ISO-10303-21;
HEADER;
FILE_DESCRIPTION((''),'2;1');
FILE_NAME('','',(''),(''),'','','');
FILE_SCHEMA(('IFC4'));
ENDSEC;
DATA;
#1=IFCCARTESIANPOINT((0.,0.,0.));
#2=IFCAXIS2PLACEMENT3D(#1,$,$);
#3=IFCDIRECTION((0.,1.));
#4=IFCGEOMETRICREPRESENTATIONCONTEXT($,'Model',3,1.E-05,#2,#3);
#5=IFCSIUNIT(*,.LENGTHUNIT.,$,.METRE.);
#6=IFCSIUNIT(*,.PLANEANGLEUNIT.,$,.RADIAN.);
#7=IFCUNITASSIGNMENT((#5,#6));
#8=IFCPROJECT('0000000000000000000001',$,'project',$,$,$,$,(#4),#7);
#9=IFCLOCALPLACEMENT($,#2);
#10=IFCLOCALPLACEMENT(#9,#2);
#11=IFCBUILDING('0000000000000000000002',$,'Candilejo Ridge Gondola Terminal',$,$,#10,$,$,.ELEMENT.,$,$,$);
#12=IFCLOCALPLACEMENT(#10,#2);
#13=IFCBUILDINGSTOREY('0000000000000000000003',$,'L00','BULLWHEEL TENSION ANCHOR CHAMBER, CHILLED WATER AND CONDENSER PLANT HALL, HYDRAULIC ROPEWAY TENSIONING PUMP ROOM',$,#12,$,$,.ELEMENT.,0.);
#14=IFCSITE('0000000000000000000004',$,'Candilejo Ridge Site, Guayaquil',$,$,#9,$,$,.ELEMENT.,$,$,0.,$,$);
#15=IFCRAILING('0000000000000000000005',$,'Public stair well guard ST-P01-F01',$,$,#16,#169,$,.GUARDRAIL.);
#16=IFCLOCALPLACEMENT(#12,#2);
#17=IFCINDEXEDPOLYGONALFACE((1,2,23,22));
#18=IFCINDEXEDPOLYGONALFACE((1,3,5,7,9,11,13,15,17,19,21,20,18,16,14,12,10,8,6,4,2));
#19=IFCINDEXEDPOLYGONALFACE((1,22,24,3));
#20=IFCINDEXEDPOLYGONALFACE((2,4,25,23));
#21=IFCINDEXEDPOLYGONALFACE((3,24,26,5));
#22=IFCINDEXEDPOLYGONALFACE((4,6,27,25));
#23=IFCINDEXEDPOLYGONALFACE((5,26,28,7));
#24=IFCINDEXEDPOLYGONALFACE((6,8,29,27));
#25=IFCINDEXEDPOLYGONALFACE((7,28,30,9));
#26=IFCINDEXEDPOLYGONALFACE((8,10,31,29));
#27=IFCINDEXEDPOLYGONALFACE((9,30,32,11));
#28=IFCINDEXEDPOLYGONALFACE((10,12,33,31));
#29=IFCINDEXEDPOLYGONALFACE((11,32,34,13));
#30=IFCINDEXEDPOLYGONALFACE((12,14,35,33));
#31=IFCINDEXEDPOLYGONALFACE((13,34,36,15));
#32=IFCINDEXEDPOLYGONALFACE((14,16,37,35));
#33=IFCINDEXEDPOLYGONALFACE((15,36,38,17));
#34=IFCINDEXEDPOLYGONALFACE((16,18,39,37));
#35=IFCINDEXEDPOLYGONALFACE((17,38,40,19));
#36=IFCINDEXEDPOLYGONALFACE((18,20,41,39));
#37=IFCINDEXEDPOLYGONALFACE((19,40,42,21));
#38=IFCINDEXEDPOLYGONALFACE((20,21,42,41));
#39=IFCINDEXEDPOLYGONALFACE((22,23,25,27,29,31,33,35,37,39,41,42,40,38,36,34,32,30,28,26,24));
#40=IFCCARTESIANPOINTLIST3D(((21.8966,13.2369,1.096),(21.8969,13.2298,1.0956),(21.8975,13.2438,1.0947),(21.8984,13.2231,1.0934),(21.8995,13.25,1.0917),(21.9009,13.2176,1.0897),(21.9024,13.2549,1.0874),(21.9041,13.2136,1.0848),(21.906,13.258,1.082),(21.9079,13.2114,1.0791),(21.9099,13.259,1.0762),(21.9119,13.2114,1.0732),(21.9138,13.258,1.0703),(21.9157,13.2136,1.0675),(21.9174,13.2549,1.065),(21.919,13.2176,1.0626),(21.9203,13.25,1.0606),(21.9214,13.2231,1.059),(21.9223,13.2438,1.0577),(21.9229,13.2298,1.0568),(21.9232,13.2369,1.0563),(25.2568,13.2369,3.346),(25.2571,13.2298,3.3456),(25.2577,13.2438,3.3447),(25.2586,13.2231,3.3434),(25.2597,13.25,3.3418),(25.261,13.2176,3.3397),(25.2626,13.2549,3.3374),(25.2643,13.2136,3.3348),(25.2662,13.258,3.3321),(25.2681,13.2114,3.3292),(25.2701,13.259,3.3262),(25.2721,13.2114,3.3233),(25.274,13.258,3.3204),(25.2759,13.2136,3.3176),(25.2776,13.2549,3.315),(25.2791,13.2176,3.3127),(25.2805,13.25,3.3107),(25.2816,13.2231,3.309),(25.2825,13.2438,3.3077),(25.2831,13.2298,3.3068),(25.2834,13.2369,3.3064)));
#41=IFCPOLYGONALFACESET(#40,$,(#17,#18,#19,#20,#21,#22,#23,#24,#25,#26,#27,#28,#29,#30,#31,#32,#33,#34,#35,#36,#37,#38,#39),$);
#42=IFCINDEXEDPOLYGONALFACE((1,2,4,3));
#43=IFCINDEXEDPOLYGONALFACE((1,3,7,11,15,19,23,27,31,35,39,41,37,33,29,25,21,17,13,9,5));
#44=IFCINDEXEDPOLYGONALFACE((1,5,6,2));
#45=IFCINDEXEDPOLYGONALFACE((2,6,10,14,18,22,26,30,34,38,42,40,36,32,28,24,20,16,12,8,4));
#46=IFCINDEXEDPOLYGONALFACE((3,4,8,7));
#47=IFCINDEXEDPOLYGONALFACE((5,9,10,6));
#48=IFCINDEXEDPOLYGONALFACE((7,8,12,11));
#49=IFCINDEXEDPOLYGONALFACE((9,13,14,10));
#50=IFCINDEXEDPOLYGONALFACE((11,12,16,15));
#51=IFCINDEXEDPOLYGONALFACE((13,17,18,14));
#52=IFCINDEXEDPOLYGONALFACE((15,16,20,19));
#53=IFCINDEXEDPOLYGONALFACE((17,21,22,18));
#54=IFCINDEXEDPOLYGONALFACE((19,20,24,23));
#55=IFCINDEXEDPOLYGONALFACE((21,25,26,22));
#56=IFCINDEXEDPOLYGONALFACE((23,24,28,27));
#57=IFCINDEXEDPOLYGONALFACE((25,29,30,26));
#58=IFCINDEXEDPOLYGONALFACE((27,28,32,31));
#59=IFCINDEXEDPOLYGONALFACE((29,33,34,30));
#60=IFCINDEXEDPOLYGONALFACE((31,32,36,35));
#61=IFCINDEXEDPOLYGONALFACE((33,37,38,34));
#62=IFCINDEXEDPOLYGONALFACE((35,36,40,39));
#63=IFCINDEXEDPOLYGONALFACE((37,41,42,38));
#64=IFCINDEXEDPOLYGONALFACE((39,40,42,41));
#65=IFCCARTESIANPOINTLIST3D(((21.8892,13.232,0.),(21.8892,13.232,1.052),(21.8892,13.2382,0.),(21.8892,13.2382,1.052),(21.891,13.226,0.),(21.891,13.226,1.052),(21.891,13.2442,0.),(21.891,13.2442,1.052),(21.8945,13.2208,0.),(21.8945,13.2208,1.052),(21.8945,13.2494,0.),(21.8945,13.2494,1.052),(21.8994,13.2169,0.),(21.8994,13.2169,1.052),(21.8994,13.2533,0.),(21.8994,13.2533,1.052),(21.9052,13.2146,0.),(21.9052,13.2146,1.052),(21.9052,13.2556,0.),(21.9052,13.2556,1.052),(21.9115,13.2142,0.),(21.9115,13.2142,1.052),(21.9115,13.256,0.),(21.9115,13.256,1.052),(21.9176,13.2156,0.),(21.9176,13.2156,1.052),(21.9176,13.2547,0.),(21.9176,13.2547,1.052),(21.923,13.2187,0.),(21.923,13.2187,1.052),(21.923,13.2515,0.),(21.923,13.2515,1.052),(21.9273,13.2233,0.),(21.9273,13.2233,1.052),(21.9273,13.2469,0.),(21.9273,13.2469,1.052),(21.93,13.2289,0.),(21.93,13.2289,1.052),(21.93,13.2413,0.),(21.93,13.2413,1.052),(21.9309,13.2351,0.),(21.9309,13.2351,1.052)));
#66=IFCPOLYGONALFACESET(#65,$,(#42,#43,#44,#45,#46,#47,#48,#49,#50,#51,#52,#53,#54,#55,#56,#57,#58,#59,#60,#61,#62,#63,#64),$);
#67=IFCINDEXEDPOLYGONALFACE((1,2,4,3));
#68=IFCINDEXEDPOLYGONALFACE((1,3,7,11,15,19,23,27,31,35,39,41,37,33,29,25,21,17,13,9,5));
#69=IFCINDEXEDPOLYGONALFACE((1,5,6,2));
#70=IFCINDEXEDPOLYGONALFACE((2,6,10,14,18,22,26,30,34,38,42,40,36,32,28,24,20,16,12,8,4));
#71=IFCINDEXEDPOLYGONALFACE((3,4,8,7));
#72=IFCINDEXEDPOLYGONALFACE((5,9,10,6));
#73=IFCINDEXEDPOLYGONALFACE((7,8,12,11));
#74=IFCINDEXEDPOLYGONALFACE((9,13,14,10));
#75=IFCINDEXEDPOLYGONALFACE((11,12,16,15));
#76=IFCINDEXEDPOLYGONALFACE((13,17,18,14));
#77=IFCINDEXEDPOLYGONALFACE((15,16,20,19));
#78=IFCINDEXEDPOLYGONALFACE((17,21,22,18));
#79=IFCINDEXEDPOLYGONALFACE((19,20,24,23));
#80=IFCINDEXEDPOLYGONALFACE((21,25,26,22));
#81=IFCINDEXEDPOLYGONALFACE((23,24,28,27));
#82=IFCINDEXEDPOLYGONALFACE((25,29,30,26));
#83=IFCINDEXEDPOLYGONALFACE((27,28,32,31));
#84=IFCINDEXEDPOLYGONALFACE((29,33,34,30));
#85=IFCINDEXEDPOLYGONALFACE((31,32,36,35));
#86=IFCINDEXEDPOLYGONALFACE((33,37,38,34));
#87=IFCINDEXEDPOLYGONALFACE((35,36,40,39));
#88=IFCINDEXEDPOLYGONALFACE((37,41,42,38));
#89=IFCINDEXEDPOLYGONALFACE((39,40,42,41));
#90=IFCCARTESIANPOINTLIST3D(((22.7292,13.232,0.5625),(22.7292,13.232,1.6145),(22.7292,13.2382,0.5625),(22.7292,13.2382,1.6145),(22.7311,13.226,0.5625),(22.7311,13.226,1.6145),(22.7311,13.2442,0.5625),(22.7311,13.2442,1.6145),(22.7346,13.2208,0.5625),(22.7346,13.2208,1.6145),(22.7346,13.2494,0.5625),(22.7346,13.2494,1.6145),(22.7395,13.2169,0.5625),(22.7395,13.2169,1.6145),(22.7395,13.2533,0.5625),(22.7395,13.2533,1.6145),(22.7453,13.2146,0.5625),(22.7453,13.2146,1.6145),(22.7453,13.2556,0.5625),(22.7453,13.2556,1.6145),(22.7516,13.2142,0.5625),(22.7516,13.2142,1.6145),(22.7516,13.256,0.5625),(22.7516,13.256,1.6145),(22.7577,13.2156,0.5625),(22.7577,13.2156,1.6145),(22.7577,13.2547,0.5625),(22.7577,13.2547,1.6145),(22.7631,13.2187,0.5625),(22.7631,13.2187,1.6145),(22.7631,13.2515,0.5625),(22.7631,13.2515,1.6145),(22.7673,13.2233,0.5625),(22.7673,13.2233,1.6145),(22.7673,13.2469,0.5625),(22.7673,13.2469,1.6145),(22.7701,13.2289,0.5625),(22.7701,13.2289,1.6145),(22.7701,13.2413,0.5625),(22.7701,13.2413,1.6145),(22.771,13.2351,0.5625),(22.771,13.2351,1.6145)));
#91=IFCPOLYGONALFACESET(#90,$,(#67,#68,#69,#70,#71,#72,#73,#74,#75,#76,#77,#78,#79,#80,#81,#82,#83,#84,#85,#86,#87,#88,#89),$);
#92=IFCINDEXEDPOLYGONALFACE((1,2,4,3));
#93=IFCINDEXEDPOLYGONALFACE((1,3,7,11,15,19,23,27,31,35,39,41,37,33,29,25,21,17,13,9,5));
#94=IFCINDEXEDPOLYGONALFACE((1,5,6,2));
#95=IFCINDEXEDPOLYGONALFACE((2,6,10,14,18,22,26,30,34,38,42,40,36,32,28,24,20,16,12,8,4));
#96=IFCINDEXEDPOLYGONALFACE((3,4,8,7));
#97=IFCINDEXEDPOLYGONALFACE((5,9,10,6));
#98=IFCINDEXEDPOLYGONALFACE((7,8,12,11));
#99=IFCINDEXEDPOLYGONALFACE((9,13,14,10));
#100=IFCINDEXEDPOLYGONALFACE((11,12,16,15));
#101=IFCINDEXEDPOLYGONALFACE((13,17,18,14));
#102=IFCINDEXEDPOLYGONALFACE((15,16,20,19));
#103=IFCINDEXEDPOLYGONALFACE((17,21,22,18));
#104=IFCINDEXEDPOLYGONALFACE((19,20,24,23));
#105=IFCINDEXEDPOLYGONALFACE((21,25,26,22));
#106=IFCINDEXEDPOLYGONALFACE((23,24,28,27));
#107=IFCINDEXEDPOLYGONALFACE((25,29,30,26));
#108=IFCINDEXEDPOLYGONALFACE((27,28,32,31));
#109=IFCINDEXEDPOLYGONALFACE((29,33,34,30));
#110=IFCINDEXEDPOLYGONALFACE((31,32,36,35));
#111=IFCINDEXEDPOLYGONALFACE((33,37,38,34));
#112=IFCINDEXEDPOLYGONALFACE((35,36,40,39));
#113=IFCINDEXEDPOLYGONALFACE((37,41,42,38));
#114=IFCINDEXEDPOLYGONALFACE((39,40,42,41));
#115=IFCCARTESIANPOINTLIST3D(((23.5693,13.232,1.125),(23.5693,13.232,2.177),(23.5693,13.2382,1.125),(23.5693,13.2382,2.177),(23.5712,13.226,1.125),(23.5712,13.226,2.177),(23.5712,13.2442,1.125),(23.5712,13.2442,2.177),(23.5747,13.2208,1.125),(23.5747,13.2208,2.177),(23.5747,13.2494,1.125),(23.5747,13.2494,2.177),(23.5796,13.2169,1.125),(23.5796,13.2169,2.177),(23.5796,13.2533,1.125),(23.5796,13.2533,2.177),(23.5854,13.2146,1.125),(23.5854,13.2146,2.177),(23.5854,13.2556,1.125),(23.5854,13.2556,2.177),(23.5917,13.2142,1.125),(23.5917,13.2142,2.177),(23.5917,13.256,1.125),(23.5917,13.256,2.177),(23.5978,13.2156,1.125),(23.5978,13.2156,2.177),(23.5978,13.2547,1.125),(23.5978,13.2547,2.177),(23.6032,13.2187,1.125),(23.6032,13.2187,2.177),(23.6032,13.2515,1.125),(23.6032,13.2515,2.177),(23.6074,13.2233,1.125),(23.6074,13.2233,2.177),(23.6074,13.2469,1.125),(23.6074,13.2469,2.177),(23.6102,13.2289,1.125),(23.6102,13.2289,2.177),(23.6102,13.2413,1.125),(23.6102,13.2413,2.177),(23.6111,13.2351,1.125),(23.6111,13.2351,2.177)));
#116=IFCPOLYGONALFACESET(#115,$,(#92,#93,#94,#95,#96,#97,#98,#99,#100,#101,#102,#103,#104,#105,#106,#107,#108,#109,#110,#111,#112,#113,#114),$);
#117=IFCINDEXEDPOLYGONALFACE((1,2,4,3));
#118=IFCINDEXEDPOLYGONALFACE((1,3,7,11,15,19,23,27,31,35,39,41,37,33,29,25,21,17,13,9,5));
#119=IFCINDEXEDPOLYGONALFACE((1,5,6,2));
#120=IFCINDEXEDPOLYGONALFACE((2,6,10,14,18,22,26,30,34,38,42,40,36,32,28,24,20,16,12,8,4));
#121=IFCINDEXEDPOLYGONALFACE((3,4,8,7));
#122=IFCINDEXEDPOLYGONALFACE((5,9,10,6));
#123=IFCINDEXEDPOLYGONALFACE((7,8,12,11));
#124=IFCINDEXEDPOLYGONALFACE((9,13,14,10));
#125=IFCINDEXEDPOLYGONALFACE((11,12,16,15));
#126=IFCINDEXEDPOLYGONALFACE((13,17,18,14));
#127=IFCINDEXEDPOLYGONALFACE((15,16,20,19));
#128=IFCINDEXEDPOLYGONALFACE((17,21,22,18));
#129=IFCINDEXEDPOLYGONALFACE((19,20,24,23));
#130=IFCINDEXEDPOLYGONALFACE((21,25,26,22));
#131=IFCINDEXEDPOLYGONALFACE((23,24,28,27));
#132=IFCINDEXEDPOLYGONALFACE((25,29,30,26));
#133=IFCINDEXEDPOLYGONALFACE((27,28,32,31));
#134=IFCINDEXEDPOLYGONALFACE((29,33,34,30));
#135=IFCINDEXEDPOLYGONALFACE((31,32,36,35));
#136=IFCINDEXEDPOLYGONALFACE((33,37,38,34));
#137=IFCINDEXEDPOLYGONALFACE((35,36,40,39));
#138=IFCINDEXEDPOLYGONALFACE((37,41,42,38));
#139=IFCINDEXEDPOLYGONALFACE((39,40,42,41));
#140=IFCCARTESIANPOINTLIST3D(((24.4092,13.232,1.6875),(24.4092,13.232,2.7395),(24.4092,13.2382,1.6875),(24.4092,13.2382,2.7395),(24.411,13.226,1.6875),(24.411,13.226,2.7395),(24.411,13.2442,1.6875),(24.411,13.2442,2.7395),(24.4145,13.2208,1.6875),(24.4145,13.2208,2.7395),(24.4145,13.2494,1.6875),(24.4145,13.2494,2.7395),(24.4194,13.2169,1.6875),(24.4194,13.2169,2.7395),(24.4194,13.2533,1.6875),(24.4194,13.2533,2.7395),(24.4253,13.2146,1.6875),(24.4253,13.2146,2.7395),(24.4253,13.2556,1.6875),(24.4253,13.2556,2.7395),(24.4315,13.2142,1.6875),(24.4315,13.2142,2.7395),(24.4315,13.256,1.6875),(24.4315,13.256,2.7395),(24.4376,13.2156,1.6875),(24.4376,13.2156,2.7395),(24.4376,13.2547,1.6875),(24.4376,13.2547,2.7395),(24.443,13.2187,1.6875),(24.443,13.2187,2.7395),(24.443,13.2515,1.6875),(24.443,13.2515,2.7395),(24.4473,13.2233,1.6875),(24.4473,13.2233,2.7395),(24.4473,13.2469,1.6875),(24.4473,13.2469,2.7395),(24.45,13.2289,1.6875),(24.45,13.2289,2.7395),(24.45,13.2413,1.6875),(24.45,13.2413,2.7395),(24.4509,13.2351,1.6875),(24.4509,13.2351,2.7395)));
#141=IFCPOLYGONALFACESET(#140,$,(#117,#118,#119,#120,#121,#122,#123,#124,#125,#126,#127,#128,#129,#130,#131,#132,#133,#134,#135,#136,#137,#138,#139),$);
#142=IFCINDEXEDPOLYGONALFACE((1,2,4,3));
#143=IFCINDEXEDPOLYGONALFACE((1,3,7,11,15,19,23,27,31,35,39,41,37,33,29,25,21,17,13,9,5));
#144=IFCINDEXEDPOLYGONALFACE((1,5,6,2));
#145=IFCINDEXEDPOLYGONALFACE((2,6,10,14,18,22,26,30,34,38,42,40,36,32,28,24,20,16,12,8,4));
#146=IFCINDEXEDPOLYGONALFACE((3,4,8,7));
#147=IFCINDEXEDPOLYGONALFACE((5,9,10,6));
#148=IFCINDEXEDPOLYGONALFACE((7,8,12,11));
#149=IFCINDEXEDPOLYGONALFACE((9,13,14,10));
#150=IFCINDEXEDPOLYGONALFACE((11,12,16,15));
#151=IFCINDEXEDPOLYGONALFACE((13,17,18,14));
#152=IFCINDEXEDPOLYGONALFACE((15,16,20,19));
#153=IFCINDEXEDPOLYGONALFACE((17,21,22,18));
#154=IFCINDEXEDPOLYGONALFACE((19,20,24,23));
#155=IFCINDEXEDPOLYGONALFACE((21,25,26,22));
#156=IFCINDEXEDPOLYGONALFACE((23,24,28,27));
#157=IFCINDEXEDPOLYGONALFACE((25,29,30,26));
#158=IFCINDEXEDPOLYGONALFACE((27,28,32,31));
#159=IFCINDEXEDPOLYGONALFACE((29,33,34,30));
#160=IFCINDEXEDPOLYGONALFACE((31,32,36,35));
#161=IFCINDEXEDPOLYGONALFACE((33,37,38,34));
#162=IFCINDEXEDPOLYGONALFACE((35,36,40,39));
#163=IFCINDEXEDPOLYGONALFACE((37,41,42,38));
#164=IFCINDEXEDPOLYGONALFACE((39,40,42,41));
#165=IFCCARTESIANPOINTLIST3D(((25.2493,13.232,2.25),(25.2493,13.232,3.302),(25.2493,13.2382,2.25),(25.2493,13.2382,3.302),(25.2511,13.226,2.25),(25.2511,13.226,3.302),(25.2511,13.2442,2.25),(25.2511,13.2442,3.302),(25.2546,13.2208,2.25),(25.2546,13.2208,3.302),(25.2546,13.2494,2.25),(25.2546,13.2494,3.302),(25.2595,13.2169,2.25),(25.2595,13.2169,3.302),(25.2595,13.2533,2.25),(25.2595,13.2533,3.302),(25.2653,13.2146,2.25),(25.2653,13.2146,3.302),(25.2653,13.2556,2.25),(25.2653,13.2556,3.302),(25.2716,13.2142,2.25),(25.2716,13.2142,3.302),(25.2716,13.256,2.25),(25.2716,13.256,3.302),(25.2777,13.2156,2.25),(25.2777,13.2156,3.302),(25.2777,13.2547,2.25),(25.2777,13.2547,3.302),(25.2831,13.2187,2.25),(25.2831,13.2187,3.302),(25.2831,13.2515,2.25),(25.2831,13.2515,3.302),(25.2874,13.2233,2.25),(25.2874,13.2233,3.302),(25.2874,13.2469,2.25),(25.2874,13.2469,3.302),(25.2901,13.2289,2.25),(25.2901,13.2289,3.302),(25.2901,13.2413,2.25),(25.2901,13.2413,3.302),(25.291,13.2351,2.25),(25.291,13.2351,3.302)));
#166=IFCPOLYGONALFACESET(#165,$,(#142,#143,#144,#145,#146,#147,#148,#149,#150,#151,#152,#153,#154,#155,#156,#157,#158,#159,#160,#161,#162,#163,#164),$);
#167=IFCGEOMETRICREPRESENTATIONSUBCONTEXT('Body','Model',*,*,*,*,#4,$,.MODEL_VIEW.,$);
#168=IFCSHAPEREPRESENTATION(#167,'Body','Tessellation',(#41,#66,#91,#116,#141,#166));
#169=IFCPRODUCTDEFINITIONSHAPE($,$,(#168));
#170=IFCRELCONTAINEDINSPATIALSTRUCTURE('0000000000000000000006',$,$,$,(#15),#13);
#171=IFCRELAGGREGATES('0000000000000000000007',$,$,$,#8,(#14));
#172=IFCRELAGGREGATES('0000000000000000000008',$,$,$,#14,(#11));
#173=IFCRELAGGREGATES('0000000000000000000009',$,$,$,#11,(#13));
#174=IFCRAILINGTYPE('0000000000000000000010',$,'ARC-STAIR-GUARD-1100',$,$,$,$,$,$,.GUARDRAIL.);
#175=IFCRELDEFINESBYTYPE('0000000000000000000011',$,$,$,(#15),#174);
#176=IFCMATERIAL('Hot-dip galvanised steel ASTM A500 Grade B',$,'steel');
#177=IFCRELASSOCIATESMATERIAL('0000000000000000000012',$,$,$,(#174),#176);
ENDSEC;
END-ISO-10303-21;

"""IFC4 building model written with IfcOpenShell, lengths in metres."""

from ifc_helpers import new_model, si_unit, direction, frame, origin, origin_2d, place, context, subcontext, project, spatial, circle, extrude, material, type_object, element, save


model = new_model("IFC4")

# Units and contexts
model_context = context("Model", 3, precision=1e-05, world=origin(), true_north=direction((0.0, 1.0)))
body_context = subcontext(model_context, "Body", "Model", "MODEL_VIEW")
ifc_project = project(units=[si_unit("LENGTHUNIT", "METRE"), si_unit("PLANEANGLEUNIT", "RADIAN")], contexts=[model_context])

# Site, building, storey
site_placement = place(None, origin())
site = spatial("IfcSite", under=ifc_project, at=site_placement, Name="Candilejo Ridge Site, Guayaquil", CompositionType="ELEMENT", RefElevation=0.0)
building_placement = place(site_placement, origin())
building = spatial("IfcBuilding", under=site, at=building_placement, Name="Candilejo Ridge Gondola Terminal", CompositionType="ELEMENT")
storey_placement = place(building_placement, origin())
storey = spatial("IfcBuildingStorey", under=building, at=storey_placement, Name="L00", Description="BULLWHEEL TENSION ANCHOR CHAMBER, CHILLED WATER AND CONDENSER PLANT HALL, HYDRAULIC ROPEWAY TENSIONING PUMP ROOM", CompositionType="ELEMENT", Elevation=0.0)

# Railing
ifc_material_1 = material(Name="Hot-dip galvanised steel ASTM A500 Grade B", Category="steel")
railing_type = type_object("IfcRailingType", Name="ARC-STAIR-GUARD-1100", PredefinedType="GUARDRAIL", material=ifc_material_1)
railing_1_placement = place(storey_placement, frame((21.9099, 13.2351, 0.0)))
element("IfcRailing", 1, at=railing_1_placement, inside=storey, type_object=railing_type, Name="Public stair well guard ST-P01-F01", PredefinedType="GUARDRAIL", context=body_context, shape_type="SweptSolid", body=[
    extrude(circle(Radius=0.0239, at=origin_2d()), frame((0.0, 0.0, 1.0762), z_axis=(0.830915, 0.0, 0.556399), x_axis=(0.0, 1.0, 0.0)), (0.0, 0.0, 1.0), 4.0439),
    extrude(circle(Radius=0.021, at=origin_2d()), origin(), (0.0, 0.0, 1.0), 1.052),
    extrude(circle(Radius=0.021, at=origin_2d()), frame((0.8401, 0.0, 0.5625)), (0.0, 0.0, 1.0), 1.052),
    extrude(circle(Radius=0.021, at=origin_2d()), frame((1.6802, 0.0, 1.125)), (0.0, 0.0, 1.0), 1.052),
    extrude(circle(Radius=0.021, at=origin_2d()), frame((2.52, 0.0, 1.6875)), (0.0, 0.0, 1.0), 1.052),
    extrude(circle(Radius=0.021, at=origin_2d()), frame((3.3601, 0.0, 2.25)), (0.0, 0.0, 1.0), 1.052),
])

save(model, "model.ifc")
